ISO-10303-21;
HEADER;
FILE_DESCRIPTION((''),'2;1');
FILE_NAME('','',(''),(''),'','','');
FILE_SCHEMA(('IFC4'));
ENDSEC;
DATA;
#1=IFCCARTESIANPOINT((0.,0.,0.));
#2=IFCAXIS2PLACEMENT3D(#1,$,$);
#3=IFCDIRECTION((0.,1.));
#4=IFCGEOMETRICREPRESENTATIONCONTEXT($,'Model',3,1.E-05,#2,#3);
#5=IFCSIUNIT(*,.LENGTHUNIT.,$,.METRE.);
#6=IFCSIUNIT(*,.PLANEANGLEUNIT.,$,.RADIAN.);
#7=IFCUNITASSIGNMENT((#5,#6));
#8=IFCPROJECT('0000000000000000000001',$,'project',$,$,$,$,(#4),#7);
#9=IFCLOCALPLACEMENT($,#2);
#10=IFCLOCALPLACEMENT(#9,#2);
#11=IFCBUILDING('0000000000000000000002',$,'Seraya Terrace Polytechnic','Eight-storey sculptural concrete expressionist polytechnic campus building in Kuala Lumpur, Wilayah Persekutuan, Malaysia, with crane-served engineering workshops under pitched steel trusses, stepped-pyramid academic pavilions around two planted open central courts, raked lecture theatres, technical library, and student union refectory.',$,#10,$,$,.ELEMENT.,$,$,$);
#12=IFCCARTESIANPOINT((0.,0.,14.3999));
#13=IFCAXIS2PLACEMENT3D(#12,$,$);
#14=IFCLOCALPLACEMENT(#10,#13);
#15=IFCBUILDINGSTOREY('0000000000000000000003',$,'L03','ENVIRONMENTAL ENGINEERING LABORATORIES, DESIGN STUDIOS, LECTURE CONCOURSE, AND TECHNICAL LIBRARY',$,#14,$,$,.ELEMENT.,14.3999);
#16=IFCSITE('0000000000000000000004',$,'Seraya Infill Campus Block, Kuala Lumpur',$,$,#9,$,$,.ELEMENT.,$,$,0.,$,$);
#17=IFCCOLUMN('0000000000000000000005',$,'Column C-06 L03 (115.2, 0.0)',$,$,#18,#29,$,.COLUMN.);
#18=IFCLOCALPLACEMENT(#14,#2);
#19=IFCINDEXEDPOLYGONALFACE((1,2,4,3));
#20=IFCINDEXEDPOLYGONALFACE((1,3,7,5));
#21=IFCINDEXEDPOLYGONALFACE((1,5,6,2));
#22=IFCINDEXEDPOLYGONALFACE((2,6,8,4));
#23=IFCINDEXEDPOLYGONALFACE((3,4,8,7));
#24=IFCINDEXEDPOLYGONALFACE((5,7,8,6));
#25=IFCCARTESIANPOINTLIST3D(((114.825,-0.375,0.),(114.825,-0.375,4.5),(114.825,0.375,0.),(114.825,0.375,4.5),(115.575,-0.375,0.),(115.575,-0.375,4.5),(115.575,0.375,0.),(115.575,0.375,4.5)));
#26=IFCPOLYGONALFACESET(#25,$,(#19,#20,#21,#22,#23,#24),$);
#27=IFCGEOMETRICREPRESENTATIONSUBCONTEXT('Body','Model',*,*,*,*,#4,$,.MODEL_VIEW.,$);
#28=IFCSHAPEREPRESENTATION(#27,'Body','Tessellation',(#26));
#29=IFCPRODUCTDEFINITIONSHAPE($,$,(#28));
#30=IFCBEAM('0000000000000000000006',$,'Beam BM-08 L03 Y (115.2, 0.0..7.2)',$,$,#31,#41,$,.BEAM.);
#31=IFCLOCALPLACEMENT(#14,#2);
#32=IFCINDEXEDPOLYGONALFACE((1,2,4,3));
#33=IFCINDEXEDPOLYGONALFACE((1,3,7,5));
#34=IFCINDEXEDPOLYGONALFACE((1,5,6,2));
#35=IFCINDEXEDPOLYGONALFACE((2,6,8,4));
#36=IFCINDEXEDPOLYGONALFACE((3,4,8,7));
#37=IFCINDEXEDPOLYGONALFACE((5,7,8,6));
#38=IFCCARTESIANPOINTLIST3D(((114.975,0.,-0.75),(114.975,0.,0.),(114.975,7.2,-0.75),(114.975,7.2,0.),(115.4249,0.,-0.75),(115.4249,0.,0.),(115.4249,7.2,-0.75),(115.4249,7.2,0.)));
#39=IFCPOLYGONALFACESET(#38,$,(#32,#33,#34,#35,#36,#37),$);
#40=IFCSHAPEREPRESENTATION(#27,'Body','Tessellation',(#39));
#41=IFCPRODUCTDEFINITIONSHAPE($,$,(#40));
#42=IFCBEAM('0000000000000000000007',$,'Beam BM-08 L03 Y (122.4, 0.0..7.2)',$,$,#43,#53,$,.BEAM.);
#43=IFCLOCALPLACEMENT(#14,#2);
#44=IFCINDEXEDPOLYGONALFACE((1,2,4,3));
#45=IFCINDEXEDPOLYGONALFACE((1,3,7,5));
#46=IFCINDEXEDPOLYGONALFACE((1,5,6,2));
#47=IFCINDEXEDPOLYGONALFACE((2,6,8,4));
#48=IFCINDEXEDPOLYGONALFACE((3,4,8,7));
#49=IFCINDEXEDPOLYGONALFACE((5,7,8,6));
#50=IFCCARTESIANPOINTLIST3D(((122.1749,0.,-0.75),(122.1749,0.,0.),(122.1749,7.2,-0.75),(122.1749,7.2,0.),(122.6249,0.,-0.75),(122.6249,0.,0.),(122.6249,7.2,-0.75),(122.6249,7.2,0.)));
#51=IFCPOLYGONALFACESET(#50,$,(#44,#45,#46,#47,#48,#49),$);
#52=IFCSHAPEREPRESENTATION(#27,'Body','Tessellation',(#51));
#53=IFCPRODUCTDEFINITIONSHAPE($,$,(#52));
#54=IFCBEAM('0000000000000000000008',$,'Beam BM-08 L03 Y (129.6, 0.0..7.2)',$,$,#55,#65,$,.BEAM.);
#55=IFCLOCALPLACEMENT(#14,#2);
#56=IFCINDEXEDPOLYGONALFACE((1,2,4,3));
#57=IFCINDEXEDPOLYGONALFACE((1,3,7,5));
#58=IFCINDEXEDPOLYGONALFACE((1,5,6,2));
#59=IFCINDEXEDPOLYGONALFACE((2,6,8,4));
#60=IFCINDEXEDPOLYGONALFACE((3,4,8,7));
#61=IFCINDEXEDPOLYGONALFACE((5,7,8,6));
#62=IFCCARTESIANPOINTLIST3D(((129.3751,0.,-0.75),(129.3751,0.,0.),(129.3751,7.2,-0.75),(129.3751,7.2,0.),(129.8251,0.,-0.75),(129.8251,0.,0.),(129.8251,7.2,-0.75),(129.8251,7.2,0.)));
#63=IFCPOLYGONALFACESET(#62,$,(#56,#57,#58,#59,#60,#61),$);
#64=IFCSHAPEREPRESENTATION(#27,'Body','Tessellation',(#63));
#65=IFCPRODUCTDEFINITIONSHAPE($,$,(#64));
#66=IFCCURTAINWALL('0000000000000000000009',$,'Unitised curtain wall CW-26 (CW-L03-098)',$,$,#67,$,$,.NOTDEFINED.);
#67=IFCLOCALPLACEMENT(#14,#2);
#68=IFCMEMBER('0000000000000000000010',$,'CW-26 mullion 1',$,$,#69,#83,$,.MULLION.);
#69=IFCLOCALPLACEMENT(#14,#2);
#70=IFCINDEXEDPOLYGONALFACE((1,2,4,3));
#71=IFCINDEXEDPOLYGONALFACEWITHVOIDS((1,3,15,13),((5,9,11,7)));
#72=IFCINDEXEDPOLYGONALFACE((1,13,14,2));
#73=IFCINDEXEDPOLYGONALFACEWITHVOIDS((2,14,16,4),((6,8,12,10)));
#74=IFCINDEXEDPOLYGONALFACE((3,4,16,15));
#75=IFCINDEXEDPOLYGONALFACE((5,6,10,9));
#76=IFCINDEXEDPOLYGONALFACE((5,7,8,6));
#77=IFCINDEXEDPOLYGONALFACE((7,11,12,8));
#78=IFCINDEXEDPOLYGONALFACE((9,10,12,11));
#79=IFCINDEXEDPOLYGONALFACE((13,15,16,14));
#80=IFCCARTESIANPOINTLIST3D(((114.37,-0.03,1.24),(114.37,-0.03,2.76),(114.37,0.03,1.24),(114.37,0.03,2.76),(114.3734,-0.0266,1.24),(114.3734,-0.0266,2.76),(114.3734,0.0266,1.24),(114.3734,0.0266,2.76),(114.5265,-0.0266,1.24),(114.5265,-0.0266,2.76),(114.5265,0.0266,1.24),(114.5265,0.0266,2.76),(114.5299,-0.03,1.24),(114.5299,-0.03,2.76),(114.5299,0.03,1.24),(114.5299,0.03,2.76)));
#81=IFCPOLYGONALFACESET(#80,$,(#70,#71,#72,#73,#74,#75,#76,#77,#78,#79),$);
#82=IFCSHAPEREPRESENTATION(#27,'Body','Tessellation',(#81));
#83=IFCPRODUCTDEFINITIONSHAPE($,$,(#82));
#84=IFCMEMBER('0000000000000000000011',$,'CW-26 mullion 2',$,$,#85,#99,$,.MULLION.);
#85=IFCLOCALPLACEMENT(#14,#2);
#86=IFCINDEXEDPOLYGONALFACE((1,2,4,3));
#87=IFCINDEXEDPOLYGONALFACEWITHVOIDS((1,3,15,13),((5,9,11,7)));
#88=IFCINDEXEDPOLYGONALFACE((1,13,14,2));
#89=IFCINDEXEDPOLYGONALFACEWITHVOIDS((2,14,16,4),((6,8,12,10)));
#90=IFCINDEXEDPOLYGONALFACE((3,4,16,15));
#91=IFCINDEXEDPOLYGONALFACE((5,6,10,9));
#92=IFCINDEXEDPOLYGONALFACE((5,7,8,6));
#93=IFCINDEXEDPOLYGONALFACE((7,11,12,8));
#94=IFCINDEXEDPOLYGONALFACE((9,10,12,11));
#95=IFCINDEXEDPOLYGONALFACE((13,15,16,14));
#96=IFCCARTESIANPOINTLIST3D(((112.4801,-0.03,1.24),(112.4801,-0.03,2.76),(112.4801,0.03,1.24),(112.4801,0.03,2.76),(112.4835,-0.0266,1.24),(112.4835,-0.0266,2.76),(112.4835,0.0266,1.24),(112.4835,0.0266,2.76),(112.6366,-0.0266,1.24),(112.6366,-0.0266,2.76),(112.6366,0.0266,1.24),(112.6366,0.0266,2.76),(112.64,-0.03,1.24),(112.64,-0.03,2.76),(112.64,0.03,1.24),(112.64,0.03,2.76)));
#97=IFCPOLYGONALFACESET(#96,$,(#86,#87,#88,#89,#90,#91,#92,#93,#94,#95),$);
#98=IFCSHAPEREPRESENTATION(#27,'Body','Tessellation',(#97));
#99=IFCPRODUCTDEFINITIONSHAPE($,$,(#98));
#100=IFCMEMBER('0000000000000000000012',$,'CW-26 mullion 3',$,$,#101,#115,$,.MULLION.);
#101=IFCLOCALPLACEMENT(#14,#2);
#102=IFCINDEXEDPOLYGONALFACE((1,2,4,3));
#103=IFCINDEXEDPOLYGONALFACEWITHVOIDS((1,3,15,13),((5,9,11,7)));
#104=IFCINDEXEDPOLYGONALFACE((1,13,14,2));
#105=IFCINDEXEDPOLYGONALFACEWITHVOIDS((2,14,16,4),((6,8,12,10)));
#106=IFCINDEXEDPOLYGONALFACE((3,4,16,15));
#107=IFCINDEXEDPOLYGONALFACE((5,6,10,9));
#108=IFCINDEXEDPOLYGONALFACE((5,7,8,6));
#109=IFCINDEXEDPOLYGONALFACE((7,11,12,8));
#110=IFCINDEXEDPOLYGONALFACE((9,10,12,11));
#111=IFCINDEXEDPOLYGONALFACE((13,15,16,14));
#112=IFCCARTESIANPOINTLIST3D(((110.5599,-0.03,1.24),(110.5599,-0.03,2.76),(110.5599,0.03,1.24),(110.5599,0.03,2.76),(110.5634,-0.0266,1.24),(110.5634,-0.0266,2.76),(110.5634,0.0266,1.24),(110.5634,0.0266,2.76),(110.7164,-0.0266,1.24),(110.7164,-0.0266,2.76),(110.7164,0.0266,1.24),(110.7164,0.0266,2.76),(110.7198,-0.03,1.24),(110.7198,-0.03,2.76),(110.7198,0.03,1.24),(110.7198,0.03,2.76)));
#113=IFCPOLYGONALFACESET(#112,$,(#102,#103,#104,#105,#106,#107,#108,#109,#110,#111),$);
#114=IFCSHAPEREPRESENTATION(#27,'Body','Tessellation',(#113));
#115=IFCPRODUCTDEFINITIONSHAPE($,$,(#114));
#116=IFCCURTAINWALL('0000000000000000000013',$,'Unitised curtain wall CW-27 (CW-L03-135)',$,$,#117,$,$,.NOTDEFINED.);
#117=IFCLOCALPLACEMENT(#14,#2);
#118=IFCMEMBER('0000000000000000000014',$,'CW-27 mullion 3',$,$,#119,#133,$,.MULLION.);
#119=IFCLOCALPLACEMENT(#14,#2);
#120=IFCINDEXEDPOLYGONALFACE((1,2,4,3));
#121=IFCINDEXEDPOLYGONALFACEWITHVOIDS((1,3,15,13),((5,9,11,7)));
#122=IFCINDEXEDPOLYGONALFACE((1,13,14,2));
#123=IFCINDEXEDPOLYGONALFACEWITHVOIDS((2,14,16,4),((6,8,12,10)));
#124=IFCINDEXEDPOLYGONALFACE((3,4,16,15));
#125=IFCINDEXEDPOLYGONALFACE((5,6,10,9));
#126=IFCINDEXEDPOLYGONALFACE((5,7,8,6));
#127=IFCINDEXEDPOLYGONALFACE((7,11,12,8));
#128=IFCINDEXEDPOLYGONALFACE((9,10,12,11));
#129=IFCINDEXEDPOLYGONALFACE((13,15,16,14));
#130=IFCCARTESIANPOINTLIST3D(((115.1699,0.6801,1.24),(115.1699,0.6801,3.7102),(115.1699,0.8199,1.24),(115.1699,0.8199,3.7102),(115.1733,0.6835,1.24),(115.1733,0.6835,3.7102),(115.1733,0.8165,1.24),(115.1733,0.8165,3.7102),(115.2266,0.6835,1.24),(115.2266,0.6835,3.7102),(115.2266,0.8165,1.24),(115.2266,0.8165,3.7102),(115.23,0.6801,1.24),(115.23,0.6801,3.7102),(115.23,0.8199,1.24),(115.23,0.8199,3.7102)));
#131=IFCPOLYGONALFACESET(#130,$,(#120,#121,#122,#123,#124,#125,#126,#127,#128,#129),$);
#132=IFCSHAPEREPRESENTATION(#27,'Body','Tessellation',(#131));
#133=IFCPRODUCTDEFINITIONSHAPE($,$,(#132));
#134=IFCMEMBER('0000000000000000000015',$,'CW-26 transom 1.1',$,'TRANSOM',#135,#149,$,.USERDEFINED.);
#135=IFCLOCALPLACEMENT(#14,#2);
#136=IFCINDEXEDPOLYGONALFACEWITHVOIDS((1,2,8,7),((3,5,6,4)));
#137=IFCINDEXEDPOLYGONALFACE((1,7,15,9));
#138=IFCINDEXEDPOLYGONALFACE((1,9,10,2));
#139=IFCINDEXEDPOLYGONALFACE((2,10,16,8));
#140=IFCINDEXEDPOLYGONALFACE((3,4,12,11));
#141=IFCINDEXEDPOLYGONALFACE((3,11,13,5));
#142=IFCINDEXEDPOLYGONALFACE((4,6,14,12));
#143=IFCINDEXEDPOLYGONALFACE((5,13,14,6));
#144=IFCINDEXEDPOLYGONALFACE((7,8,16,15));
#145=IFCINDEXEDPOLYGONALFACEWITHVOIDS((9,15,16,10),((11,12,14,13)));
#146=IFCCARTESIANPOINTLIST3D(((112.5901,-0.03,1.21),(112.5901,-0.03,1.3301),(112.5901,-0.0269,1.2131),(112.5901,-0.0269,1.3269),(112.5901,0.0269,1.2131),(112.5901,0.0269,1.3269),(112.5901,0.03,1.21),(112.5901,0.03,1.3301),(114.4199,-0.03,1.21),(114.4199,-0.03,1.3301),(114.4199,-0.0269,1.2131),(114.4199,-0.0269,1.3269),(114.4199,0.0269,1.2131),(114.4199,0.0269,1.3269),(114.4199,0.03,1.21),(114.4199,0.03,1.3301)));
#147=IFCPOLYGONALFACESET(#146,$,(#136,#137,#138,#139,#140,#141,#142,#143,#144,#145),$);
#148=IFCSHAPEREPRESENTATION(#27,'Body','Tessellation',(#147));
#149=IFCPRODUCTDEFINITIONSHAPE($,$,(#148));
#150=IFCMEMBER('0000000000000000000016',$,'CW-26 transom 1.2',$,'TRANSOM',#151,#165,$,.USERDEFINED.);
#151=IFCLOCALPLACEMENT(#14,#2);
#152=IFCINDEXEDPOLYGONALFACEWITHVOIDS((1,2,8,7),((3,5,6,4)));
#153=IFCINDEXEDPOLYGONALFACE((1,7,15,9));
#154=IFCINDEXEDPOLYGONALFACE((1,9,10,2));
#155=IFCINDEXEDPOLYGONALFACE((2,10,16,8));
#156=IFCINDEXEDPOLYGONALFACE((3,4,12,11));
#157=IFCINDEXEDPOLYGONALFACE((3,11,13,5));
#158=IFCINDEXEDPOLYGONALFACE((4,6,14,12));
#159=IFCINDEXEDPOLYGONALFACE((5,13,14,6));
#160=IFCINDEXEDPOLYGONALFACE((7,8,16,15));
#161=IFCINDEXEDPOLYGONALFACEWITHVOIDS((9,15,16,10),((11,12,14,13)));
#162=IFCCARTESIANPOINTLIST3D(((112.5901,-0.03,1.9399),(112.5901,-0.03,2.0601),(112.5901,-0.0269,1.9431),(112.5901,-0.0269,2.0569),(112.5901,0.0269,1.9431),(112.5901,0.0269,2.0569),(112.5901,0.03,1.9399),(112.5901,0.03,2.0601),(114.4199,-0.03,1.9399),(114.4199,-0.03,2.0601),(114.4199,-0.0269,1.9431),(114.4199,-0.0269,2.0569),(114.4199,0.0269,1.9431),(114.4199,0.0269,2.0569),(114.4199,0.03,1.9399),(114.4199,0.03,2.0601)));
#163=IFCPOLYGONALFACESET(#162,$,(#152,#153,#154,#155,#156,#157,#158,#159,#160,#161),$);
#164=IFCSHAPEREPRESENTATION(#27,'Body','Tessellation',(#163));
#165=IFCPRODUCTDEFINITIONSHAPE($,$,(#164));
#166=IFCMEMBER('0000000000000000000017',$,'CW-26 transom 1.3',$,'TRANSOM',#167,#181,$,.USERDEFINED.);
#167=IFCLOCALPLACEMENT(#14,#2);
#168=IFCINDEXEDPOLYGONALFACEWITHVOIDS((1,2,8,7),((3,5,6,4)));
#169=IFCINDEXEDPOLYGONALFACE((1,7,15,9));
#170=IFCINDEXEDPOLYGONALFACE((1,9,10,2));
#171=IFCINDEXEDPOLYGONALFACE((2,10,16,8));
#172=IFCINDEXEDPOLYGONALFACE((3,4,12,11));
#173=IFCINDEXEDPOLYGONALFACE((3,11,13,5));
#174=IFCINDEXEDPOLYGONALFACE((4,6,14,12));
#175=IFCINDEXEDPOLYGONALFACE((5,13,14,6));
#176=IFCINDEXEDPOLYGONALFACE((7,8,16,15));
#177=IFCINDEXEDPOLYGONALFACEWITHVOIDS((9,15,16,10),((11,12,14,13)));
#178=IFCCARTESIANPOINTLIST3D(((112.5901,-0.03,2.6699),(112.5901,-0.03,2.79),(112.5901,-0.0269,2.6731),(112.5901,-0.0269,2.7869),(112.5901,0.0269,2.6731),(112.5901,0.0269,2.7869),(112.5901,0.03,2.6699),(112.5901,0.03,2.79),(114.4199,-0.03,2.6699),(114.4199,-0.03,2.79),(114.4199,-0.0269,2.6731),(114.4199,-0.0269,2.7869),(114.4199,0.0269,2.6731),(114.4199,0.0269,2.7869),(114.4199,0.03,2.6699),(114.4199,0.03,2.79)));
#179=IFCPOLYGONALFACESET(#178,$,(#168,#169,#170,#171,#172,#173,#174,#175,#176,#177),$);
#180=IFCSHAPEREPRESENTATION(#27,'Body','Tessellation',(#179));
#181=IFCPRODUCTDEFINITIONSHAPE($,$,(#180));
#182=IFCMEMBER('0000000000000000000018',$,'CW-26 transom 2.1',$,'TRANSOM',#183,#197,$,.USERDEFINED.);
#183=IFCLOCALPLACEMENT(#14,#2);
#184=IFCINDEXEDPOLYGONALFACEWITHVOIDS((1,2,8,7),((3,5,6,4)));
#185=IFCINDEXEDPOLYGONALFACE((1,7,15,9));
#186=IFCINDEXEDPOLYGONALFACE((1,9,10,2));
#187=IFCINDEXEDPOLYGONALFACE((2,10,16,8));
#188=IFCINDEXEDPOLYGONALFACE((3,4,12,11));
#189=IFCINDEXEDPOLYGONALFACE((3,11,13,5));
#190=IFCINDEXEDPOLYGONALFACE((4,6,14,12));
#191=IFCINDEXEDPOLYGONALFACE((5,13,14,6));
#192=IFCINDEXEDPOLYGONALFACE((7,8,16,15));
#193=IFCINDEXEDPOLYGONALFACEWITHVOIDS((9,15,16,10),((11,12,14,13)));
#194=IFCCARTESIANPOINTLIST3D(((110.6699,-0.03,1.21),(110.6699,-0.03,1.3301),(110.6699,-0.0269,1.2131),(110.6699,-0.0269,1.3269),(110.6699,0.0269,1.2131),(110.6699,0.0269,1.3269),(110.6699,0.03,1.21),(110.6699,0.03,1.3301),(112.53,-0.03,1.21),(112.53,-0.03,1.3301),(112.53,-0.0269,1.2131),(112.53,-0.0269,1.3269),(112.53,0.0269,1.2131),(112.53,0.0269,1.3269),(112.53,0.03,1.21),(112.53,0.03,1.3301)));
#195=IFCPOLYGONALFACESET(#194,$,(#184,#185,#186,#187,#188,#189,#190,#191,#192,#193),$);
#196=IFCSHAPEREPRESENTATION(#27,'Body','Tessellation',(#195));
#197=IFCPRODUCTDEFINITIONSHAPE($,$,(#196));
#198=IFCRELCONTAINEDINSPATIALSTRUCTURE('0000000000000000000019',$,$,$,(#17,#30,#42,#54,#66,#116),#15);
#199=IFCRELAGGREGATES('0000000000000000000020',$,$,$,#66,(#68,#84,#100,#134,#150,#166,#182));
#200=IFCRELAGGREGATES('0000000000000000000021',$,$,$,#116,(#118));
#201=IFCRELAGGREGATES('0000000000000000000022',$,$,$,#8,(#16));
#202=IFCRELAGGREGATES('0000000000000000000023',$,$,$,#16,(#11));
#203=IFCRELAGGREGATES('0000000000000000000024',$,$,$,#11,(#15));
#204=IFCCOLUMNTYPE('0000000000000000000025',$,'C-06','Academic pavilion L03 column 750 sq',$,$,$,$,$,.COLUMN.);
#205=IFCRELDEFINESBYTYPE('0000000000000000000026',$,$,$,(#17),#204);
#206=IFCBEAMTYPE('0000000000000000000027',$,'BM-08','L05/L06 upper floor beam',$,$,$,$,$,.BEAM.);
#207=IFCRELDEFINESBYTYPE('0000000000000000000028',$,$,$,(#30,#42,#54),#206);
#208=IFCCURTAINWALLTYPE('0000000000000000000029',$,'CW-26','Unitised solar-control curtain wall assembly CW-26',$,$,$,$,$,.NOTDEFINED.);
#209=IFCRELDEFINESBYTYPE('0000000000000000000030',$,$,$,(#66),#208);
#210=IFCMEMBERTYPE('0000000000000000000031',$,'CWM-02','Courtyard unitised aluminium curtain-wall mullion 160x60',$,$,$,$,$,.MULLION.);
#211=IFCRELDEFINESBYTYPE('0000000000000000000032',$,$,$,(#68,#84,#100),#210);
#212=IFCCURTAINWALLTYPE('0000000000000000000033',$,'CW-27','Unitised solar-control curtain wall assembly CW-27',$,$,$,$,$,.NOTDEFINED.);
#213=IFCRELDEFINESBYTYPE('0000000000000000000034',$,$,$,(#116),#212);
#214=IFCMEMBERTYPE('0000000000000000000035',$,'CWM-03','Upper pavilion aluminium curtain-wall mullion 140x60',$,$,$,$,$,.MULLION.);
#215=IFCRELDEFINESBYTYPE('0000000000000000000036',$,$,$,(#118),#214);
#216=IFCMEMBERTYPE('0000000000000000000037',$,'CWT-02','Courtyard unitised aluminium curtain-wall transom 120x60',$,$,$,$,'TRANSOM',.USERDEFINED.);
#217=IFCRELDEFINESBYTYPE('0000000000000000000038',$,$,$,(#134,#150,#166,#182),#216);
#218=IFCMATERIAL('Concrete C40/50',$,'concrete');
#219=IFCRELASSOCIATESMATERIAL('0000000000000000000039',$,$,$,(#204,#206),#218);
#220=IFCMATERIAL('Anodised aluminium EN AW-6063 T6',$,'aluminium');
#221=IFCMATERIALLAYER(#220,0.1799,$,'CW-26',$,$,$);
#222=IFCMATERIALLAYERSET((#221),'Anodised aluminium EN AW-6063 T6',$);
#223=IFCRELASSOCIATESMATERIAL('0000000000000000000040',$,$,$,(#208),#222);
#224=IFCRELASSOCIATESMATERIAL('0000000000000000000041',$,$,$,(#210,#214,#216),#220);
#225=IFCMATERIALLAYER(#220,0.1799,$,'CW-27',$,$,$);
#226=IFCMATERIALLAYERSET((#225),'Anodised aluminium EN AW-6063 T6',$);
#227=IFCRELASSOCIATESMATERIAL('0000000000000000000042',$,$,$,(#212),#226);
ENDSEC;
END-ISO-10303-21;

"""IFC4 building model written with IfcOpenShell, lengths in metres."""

from ifc_helpers import new_model, si_unit, direction, frame, origin, origin_2d, place, context, subcontext, project, spatial, rectangle, hollow_rectangle, extrude, material, layer, layer_set, material_profile, profile_set, type_object, element, aggregate, save


model = new_model("IFC4")

# Units and contexts
model_context = context("Model", 3, precision=1e-05, world=origin(), true_north=direction((0.0, 1.0)))
body_context = subcontext(model_context, "Body", "Model", "MODEL_VIEW")
ifc_project = project(units=[si_unit("LENGTHUNIT", "METRE"), si_unit("PLANEANGLEUNIT", "RADIAN")], contexts=[model_context])

# Site, building, storey
site_placement = place(None, origin())
site = spatial("IfcSite", under=ifc_project, at=site_placement, Name="Seraya Infill Campus Block, Kuala Lumpur", CompositionType="ELEMENT", RefElevation=0.0)
building_placement = place(site_placement, origin())
building = spatial("IfcBuilding", under=site, at=building_placement, Name="Seraya Terrace Polytechnic", Description="Eight-storey sculptural concrete expressionist polytechnic campus building in Kuala Lumpur, Wilayah Persekutuan, Malaysia, with crane-served engineering workshops under pitched steel trusses, stepped-pyramid academic pavilions around two planted open central courts, raked lecture theatres, technical library, and student union refectory.", CompositionType="ELEMENT")
storey_placement = place(building_placement, frame((0.0, 0.0, 14.3999)))
storey = spatial("IfcBuildingStorey", under=building, at=storey_placement, Name="L03", Description="ENVIRONMENTAL ENGINEERING LABORATORIES, DESIGN STUDIOS, LECTURE CONCOURSE, AND TECHNICAL LIBRARY", CompositionType="ELEMENT", Elevation=14.3999)

# Column
ifc_material_1 = material(Name="Concrete C40/50", Category="concrete")
ifc_material_profile_1 = material_profile(ifc_material_1, rectangle(XDim=0.75, YDim=0.75, at=origin_2d()), Name="RC 750x750")
ifc_profile_set_1 = profile_set([ifc_material_profile_1], Name="Concrete C40/50")
column_type = type_object("IfcColumnType", Name="C-06", Description="Academic pavilion L03 column 750 sq", PredefinedType="COLUMN", material=ifc_profile_set_1)
column_placement = place(storey_placement, frame((115.2, 0.0, 0.0), z_axis=(0.0, 0.0, 1.0), x_axis=(1.0, 0.0, 0.0)))
element("IfcColumn", 1, at=column_placement, inside=storey, type_object=column_type, Name="Column C-06 L03 (115.2, 0.0)", PredefinedType="COLUMN", context=body_context, shape_type="SweptSolid", body=[
    extrude(rectangle(XDim=0.75, YDim=0.75, at=origin_2d()), origin(), (0.0, 0.0, 1.0), 4.5),
])

# Beams
ifc_material_profile_2 = material_profile(ifc_material_1, rectangle(XDim=0.45, YDim=0.75, at=origin_2d()), Name="RC 450x750")
ifc_profile_set_2 = profile_set([ifc_material_profile_2], Name="Concrete C40/50")
beam_type_1 = type_object("IfcBeamType", Name="BM-08", Description="L05/L06 upper floor beam", PredefinedType="BEAM", material=ifc_profile_set_2)
for number, where, z_axis, x_axis, name in (
    (2, (115.2, 0.0, -0.375), (0.0, 1.0, 0.0), (-1.0, 0.0, 0.0), "Beam BM-08 L03 Y (115.2, 0.0..7.2)"),
    (3, (122.3999, 0.0, -0.375), (0.0, 1.0, 0.0), (-1.0, 0.0, 0.0), "Beam BM-08 L03 Y (122.4, 0.0..7.2)"),
    (4, (129.6001, 0.0, -0.375), (0.0, 1.0, 0.0), (-1.0, 0.0, 0.0), "Beam BM-08 L03 Y (129.6, 0.0..7.2)"),
):
    element("IfcBeam", number, at=place(storey_placement, frame(where, z_axis=z_axis, x_axis=x_axis)), inside=storey, type_object=beam_type_1, Name=name, PredefinedType="BEAM", context=body_context, shape_type="SweptSolid", body=[
        extrude(rectangle(XDim=0.45, YDim=0.75, at=origin_2d()), origin(), (0.0, 0.0, 1.0), 7.2),
    ])

# Curtain wall, members
ifc_material_2 = material(Name="Anodised aluminium EN AW-6063 T6", Category="aluminium")
ifc_layer_1 = layer(ifc_material_2, 0.1799, Name="CW-26")
ifc_layer_set_1 = layer_set([ifc_layer_1], Name="Anodised aluminium EN AW-6063 T6")
curtain_wall_type_1 = type_object("IfcCurtainWallType", Name="CW-26", Description="Unitised solar-control curtain wall assembly CW-26", PredefinedType="NOTDEFINED", material=ifc_layer_set_1)
curtain_wall_1_placement = place(storey_placement, origin())
curtain_wall_1 = element("IfcCurtainWall", 5, at=curtain_wall_1_placement, inside=storey, type_object=curtain_wall_type_1, Name="Unitised curtain wall CW-26 (CW-L03-098)", PredefinedType="NOTDEFINED")
ifc_material_profile_3 = material_profile(ifc_material_2, hollow_rectangle(XDim=0.0601, YDim=0.1599, WallThickness=0.0034, at=origin_2d()), Name="RHS 160x60x3.5")
ifc_profile_set_3 = profile_set([ifc_material_profile_3], Name="Anodised aluminium EN AW-6063 T6")
member_type_1 = type_object("IfcMemberType", Name="CWM-02", Description="Courtyard unitised aluminium curtain-wall mullion 160x60", PredefinedType="MULLION", material=ifc_profile_set_3)
member_1_placement = place(storey_placement, frame((114.45, 0.0, 1.24), z_axis=(0.0, 0.0, 1.0), x_axis=(0.0, -1.0, 0.0)))
member_1 = element("IfcMember", 6, at=member_1_placement, type_object=member_type_1, Name="CW-26 mullion 1", PredefinedType="MULLION", context=body_context, shape_type="SweptSolid", body=[
    extrude(hollow_rectangle(XDim=0.0601, YDim=0.1599, WallThickness=0.0034, at=origin_2d()), origin(), (0.0, 0.0, 1.0), 1.52),
])
member_2_placement = place(storey_placement, frame((112.5601, 0.0, 1.24), z_axis=(0.0, 0.0, 1.0), x_axis=(0.0, -1.0, 0.0)))
member_2 = element("IfcMember", 7, at=member_2_placement, type_object=member_type_1, Name="CW-26 mullion 2", PredefinedType="MULLION", context=body_context, shape_type="SweptSolid", body=[
    extrude(hollow_rectangle(XDim=0.0601, YDim=0.1599, WallThickness=0.0034, at=origin_2d()), origin(), (0.0, 0.0, 1.0), 1.52),
])
member_3_placement = place(storey_placement, frame((110.6399, 0.0, 1.24), z_axis=(0.0, 0.0, 1.0), x_axis=(0.0, -1.0, 0.0)))
member_3 = element("IfcMember", 8, at=member_3_placement, type_object=member_type_1, Name="CW-26 mullion 3", PredefinedType="MULLION", context=body_context, shape_type="SweptSolid", body=[
    extrude(hollow_rectangle(XDim=0.0601, YDim=0.1599, WallThickness=0.0034, at=origin_2d()), origin(), (0.0, 0.0, 1.0), 1.52),
])

# Curtain wall, member
ifc_layer_2 = layer(ifc_material_2, 0.1799, Name="CW-27")
ifc_layer_set_2 = layer_set([ifc_layer_2], Name="Anodised aluminium EN AW-6063 T6")
curtain_wall_type_2 = type_object("IfcCurtainWallType", Name="CW-27", Description="Unitised solar-control curtain wall assembly CW-27", PredefinedType="NOTDEFINED", material=ifc_layer_set_2)
curtain_wall_2_placement = place(storey_placement, origin())
curtain_wall_2 = element("IfcCurtainWall", 9, at=curtain_wall_2_placement, inside=storey, type_object=curtain_wall_type_2, Name="Unitised curtain wall CW-27 (CW-L03-135)", PredefinedType="NOTDEFINED")
ifc_material_profile_4 = material_profile(ifc_material_2, hollow_rectangle(XDim=0.0601, YDim=0.1399, WallThickness=0.0034, at=origin_2d()), Name="RHS 140x60x3.5")
ifc_profile_set_4 = profile_set([ifc_material_profile_4], Name="Anodised aluminium EN AW-6063 T6")
member_type_2 = type_object("IfcMemberType", Name="CWM-03", Description="Upper pavilion aluminium curtain-wall mullion 140x60", PredefinedType="MULLION", material=ifc_profile_set_4)
member_4_placement = place(storey_placement, frame((115.2, 0.75, 1.24), z_axis=(0.0, 0.0, 1.0), x_axis=(1.0, 0.0, 0.0)))
member_4 = element("IfcMember", 10, at=member_4_placement, type_object=member_type_2, Name="CW-27 mullion 3", PredefinedType="MULLION", context=body_context, shape_type="SweptSolid", body=[
    extrude(hollow_rectangle(XDim=0.0601, YDim=0.1399, WallThickness=0.0034, at=origin_2d()), origin(), (0.0, 0.0, 1.0), 2.4702),
])

# Members
ifc_material_profile_5 = material_profile(ifc_material_2, hollow_rectangle(XDim=0.0601, YDim=0.1201, WallThickness=0.0032, at=origin_2d()), Name="RHS 120x60x3.2")
ifc_profile_set_5 = profile_set([ifc_material_profile_5], Name="Anodised aluminium EN AW-6063 T6")
member_type_3 = type_object("IfcMemberType", Name="CWT-02", Description="Courtyard unitised aluminium curtain-wall transom 120x60", ElementType="TRANSOM", PredefinedType="USERDEFINED", material=ifc_profile_set_5)
member_5_placement = place(storey_placement, frame((114.4199, 0.0, 1.27), z_axis=(-1.0, 0.0, 0.0), x_axis=(0.0, -1.0, 0.0)))
member_5 = element("IfcMember", 11, at=member_5_placement, type_object=member_type_3, Name="CW-26 transom 1.1", ObjectType="TRANSOM", PredefinedType="USERDEFINED", context=body_context, shape_type="SweptSolid", body=[
    extrude(hollow_rectangle(XDim=0.0601, YDim=0.1201, WallThickness=0.0032, at=origin_2d()), origin(), (0.0, 0.0, 1.0), 1.8298),
])
member_6_placement = place(storey_placement, frame((114.4199, 0.0, 2.0), z_axis=(-1.0, 0.0, 0.0), x_axis=(0.0, -1.0, 0.0)))
member_6 = element("IfcMember", 12, at=member_6_placement, type_object=member_type_3, Name="CW-26 transom 1.2", ObjectType="TRANSOM", PredefinedType="USERDEFINED", context=body_context, shape_type="SweptSolid", body=[
    extrude(hollow_rectangle(XDim=0.0601, YDim=0.1201, WallThickness=0.0032, at=origin_2d()), origin(), (0.0, 0.0, 1.0), 1.8298),
])
member_7_placement = place(storey_placement, frame((114.4199, 0.0, 2.73), z_axis=(-1.0, 0.0, 0.0), x_axis=(0.0, -1.0, 0.0)))
member_7 = element("IfcMember", 13, at=member_7_placement, type_object=member_type_3, Name="CW-26 transom 1.3", ObjectType="TRANSOM", PredefinedType="USERDEFINED", context=body_context, shape_type="SweptSolid", body=[
    extrude(hollow_rectangle(XDim=0.0601, YDim=0.1201, WallThickness=0.0032, at=origin_2d()), origin(), (0.0, 0.0, 1.0), 1.8298),
])
member_8_placement = place(storey_placement, frame((112.53, 0.0, 1.27), z_axis=(-1.0, 0.0, 0.0), x_axis=(0.0, -1.0, 0.0)))
member_8 = element("IfcMember", 14, at=member_8_placement, type_object=member_type_3, Name="CW-26 transom 2.1", ObjectType="TRANSOM", PredefinedType="USERDEFINED", context=body_context, shape_type="SweptSolid", body=[
    extrude(hollow_rectangle(XDim=0.0601, YDim=0.1201, WallThickness=0.0032, at=origin_2d()), origin(), (0.0, 0.0, 1.0), 1.8601),
])

aggregate(curtain_wall_1, [member_1, member_2, member_3, member_5, member_6, member_7, member_8])
aggregate(curtain_wall_2, [member_4])

save(model, "model.ifc")
